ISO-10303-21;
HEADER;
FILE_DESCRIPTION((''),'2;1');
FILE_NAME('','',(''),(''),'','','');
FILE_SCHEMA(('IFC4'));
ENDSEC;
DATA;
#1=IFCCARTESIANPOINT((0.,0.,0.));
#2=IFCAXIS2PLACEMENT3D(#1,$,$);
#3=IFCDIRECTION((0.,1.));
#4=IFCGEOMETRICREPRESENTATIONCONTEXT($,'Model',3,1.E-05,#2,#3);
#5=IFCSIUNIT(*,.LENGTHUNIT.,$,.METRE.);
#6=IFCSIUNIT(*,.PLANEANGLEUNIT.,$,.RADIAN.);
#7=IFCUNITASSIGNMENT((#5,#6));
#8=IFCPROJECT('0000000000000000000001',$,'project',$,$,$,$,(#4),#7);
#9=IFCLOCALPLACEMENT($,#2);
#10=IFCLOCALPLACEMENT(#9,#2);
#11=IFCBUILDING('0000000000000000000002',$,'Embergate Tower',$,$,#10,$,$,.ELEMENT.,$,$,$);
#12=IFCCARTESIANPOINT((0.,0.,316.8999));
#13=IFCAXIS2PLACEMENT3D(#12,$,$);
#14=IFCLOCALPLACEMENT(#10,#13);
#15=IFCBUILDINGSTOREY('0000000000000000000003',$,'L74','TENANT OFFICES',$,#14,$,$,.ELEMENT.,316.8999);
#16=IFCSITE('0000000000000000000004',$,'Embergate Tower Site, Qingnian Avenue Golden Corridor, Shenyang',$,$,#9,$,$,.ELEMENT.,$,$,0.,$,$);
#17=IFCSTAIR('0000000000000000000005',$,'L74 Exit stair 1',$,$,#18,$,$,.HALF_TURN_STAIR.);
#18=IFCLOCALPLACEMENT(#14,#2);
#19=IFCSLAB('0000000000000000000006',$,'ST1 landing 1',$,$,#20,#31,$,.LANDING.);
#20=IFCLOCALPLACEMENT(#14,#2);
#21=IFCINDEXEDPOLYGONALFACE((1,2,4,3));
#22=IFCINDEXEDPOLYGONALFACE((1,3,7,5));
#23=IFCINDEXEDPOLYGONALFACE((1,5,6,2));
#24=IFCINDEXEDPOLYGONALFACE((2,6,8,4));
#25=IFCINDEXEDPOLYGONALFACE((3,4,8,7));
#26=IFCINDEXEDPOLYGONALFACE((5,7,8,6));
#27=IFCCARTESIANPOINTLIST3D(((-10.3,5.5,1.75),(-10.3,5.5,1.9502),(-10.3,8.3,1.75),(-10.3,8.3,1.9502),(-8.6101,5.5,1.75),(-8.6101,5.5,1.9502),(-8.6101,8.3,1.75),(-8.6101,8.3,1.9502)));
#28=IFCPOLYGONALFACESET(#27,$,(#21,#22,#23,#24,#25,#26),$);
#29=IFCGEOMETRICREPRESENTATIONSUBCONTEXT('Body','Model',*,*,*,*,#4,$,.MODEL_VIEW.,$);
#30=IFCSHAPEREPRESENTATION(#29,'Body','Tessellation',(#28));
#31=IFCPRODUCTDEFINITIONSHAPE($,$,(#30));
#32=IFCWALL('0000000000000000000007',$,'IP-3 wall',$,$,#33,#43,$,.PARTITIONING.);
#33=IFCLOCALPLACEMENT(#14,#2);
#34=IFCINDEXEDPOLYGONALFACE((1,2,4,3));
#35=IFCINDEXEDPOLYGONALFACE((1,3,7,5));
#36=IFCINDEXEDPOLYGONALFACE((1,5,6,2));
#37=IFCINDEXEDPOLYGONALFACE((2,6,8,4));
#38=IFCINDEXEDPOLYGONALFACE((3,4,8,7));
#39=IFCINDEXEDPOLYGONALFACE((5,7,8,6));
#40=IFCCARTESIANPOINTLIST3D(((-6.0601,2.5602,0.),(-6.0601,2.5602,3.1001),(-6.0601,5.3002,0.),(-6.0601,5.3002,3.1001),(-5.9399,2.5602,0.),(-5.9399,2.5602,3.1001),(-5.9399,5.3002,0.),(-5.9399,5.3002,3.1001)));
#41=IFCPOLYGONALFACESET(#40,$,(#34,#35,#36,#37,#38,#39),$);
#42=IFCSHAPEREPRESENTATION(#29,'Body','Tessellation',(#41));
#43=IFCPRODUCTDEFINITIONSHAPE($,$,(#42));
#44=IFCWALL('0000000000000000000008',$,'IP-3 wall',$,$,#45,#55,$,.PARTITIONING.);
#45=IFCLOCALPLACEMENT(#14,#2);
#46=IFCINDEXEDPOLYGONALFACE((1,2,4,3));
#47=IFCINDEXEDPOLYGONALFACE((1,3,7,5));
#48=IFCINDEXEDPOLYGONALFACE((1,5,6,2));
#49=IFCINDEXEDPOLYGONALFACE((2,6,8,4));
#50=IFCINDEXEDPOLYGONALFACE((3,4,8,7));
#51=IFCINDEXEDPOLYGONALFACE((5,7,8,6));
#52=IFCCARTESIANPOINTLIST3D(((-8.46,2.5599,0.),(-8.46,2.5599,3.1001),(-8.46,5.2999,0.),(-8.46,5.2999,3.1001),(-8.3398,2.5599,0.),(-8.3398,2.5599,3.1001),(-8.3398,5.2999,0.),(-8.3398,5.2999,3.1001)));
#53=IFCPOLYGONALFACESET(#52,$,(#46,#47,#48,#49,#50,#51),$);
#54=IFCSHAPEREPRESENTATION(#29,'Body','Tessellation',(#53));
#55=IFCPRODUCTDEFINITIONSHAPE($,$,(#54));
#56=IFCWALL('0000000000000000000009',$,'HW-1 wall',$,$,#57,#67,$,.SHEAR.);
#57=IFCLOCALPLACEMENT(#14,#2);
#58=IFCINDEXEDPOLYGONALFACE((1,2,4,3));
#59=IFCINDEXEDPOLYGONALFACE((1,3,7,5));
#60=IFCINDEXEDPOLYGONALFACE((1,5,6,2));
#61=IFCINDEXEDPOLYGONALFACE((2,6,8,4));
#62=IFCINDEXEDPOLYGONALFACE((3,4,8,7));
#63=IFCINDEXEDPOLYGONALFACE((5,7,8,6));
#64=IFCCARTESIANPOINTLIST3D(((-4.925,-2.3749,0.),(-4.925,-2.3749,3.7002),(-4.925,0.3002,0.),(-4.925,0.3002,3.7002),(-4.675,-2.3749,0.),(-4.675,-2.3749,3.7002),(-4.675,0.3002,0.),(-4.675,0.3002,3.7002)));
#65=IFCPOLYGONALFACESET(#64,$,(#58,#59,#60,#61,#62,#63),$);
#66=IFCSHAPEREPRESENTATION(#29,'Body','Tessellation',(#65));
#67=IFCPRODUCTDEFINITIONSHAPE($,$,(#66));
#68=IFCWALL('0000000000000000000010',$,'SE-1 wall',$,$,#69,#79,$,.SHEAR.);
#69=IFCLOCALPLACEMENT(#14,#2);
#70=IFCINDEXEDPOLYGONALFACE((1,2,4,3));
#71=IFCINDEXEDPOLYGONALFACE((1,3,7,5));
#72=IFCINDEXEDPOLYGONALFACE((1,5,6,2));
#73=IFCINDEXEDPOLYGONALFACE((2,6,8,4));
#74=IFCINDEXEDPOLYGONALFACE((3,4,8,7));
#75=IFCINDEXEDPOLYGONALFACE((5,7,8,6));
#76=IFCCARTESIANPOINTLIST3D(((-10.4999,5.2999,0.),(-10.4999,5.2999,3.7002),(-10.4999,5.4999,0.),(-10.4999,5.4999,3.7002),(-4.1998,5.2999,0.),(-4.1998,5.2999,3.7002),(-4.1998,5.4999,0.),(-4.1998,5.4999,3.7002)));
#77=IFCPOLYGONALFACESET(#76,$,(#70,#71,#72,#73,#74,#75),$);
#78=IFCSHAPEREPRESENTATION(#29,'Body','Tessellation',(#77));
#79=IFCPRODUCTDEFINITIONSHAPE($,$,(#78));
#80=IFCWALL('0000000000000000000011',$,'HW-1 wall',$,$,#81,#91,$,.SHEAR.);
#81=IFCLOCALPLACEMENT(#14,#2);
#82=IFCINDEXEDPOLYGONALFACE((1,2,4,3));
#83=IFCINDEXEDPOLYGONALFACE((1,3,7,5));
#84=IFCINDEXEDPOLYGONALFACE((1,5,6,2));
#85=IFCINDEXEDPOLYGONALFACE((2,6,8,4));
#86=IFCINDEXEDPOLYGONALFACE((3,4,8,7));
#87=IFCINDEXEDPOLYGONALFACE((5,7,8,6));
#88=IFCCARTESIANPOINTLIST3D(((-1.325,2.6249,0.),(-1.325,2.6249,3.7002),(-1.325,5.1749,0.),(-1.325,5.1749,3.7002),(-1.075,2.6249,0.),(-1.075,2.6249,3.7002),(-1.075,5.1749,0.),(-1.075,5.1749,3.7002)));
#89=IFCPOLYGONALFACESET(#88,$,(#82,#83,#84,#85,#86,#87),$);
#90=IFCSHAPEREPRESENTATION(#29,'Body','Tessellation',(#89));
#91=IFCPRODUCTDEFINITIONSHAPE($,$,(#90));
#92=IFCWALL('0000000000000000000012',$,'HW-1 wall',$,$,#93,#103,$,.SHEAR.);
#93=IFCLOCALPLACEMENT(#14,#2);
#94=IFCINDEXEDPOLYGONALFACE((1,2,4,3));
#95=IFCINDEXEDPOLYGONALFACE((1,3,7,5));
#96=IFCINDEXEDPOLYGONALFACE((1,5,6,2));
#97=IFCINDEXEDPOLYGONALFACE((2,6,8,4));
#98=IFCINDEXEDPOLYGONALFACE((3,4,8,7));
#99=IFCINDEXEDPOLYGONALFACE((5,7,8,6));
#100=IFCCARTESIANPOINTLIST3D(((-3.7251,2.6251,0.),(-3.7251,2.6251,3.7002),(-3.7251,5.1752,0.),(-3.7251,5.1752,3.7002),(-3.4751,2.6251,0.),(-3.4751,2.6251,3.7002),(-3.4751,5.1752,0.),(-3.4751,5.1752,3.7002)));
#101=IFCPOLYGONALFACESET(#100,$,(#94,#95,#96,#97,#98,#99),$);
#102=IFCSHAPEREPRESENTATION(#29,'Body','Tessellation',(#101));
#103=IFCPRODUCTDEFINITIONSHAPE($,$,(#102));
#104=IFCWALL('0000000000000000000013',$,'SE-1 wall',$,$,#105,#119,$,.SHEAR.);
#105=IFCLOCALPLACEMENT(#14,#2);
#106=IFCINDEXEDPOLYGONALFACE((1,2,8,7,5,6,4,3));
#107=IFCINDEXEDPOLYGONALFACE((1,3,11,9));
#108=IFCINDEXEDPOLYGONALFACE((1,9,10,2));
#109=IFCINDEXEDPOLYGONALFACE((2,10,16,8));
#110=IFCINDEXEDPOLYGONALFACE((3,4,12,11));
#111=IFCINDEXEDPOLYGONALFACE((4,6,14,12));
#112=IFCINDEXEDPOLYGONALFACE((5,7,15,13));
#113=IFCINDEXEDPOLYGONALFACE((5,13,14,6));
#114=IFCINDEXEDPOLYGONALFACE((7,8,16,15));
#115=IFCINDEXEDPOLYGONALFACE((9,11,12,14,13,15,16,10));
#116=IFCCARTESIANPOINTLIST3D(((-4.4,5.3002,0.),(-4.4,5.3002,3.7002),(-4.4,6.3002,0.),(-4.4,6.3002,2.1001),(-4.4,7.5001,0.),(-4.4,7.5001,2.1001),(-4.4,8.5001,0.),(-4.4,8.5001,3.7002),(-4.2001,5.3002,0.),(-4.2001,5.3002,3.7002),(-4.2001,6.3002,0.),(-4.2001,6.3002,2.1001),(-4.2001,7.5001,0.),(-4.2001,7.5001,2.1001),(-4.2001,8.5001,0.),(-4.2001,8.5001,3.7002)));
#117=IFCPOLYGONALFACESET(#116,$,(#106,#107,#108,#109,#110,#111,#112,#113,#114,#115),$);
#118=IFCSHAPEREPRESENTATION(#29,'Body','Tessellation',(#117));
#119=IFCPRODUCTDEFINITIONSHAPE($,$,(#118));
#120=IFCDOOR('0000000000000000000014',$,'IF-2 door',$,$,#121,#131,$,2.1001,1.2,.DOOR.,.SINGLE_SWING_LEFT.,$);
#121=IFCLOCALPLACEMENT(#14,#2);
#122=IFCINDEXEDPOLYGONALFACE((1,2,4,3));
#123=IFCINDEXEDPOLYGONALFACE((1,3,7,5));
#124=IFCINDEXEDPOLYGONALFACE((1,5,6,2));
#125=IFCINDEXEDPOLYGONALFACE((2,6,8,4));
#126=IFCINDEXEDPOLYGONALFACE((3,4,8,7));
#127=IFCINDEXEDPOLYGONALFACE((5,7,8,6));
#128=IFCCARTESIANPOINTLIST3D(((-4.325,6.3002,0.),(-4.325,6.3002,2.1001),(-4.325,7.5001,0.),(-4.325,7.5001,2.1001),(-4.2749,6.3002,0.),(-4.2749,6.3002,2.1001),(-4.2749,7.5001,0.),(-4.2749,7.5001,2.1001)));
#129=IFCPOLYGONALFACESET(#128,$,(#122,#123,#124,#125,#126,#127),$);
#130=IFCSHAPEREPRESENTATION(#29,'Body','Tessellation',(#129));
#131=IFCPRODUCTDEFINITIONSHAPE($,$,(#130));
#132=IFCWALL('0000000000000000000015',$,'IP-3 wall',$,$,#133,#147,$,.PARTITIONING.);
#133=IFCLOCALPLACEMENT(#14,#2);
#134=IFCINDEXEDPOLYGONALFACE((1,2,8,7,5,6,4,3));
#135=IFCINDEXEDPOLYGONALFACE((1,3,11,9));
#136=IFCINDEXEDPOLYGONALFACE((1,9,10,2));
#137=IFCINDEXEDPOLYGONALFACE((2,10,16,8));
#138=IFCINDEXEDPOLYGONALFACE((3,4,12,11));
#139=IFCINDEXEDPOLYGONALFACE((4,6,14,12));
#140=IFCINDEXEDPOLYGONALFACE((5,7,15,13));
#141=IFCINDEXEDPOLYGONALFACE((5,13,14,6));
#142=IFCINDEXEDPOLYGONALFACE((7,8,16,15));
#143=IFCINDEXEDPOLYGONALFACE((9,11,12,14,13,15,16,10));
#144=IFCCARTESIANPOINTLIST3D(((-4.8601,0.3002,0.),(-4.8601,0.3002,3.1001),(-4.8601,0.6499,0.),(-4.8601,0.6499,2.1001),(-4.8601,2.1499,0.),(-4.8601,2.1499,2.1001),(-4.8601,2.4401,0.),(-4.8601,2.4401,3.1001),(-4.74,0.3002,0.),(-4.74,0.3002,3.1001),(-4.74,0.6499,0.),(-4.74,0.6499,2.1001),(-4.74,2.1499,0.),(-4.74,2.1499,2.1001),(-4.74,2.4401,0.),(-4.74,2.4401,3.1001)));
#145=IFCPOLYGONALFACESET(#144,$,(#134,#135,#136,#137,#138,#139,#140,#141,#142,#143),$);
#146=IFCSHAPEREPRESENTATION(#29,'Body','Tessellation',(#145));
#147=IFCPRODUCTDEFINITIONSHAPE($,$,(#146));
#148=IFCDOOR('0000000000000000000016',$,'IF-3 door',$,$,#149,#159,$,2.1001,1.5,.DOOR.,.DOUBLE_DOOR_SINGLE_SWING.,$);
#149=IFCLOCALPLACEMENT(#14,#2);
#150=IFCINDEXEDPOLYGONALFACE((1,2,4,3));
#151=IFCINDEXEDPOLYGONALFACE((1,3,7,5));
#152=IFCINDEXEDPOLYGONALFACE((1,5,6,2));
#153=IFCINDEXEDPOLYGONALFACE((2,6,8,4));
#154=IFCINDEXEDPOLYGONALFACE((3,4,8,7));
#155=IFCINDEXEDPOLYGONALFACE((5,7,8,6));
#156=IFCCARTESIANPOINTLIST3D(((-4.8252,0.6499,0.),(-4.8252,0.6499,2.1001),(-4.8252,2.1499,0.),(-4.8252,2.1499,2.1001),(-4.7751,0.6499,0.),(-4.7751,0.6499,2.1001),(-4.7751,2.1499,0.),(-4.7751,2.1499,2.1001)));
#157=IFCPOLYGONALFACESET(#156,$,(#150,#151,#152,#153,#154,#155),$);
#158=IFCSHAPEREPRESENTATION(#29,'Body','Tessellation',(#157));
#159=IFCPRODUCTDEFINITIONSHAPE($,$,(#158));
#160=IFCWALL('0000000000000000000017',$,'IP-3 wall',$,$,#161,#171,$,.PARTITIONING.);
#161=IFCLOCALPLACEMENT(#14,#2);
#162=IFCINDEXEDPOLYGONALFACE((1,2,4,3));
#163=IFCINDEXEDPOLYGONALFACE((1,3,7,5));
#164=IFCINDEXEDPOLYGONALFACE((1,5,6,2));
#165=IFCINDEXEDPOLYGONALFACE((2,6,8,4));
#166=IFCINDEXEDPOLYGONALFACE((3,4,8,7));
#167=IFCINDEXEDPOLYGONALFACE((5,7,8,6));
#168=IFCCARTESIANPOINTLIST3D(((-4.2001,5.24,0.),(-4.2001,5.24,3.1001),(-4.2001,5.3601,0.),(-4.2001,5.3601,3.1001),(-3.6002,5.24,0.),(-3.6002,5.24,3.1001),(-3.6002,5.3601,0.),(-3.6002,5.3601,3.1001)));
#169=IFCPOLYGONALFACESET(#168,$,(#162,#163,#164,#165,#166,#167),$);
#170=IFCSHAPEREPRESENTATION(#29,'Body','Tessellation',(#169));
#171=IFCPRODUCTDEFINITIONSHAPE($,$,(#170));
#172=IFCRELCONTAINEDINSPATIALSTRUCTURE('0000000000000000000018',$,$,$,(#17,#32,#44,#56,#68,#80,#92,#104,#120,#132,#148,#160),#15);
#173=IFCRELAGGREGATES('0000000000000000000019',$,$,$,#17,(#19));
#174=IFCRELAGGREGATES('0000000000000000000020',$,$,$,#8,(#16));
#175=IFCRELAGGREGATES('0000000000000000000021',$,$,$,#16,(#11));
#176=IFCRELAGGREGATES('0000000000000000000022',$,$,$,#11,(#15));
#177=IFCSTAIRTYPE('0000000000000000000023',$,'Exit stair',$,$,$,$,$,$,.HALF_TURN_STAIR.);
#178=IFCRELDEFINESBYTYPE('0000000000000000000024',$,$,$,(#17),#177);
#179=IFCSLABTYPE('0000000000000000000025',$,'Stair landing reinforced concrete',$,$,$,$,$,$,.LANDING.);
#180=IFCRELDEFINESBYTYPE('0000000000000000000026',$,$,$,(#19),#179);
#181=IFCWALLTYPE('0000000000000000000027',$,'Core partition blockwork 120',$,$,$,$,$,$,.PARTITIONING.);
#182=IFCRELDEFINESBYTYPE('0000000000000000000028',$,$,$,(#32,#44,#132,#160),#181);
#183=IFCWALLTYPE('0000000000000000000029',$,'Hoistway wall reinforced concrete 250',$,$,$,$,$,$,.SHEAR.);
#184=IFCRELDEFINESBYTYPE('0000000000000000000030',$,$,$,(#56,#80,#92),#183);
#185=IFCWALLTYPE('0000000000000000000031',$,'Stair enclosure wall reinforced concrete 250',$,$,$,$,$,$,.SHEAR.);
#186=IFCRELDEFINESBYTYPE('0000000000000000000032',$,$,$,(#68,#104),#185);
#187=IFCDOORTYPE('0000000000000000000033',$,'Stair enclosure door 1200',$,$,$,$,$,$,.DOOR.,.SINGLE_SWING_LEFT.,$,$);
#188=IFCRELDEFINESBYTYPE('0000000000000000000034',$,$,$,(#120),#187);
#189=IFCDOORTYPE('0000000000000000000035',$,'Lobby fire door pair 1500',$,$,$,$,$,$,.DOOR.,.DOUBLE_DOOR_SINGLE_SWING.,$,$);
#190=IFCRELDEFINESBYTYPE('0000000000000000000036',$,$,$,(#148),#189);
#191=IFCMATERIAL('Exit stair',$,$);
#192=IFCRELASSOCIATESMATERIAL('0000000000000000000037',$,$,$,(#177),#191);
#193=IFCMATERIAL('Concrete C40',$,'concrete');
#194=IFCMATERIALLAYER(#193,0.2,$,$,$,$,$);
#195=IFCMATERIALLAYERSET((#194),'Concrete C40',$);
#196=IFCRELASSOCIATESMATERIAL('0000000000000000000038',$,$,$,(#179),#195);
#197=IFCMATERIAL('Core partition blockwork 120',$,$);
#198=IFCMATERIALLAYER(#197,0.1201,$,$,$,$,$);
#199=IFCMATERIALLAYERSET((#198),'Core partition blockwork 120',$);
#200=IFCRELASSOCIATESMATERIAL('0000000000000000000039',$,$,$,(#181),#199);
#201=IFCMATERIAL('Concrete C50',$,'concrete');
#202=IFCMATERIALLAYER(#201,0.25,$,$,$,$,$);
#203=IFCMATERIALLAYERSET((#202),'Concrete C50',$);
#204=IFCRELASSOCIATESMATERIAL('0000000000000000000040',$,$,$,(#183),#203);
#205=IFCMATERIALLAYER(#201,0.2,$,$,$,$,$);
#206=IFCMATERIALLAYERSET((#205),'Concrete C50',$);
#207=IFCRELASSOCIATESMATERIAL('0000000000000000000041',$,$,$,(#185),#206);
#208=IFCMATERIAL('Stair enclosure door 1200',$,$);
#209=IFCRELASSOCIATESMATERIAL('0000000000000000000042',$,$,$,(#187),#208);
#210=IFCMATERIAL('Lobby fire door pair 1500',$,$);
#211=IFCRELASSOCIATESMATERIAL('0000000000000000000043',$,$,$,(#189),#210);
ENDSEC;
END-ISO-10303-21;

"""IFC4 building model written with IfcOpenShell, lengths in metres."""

from ifc_helpers import new_model, si_unit, direction, frame, frame_2d, origin, place, context, subcontext, project, spatial, polyline, rectangle, outline, extrude, source, transform, mapped, material, layer, layer_set, type_object, element, fill, aggregate, save


model = new_model("IFC4")

# Units and contexts
model_context = context("Model", 3, precision=1e-05, world=origin(), true_north=direction((0.0, 1.0)))
body_context = subcontext(model_context, "Body", "Model", "MODEL_VIEW")
ifc_project = project(units=[si_unit("LENGTHUNIT", "METRE"), si_unit("PLANEANGLEUNIT", "RADIAN")], contexts=[model_context])

# Site, building, storey
site_placement = place(None, origin())
site = spatial("IfcSite", under=ifc_project, at=site_placement, Name="Embergate Tower Site, Qingnian Avenue Golden Corridor, Shenyang", CompositionType="ELEMENT", RefElevation=0.0)
building_placement = place(site_placement, origin())
building = spatial("IfcBuilding", under=site, at=building_placement, Name="Embergate Tower", CompositionType="ELEMENT")
storey_placement = place(building_placement, frame((0.0, 0.0, 316.8999)))
storey = spatial("IfcBuildingStorey", under=building, at=storey_placement, Name="L74", Description="TENANT OFFICES", CompositionType="ELEMENT", Elevation=316.8999)

# Stair, slab
ifc_material_1 = material(Name="Exit stair")
stair_type = type_object("IfcStairType", Name="Exit stair", PredefinedType="HALF_TURN_STAIR", material=ifc_material_1)
stair_placement = place(storey_placement, origin())
stair = element("IfcStair", 1, at=stair_placement, inside=storey, type_object=stair_type, Name="L74 Exit stair 1", PredefinedType="HALF_TURN_STAIR")
ifc_material_2 = material(Name="Concrete C40", Category="concrete")
ifc_layer_1 = layer(ifc_material_2, 0.2)
ifc_layer_set_1 = layer_set([ifc_layer_1], Name="Concrete C40")
slab_type = type_object("IfcSlabType", Name="Stair landing reinforced concrete", PredefinedType="LANDING", material=ifc_layer_set_1)
shared_shape_1 = source(origin(), body_context, "Body", "SweptSolid", [
    extrude(outline(polyline([(0.0, 0.0), (1.6899, 0.0), (1.6899, 2.8), (0.0, 2.8), (0.0, 0.0)])), origin(), (0.0, 0.0, 1.0), 0.2002),
])
slab_placement = place(storey_placement, frame((-10.3, 5.5, 1.75)))
slab = element("IfcSlab", 2, at=slab_placement, type_object=slab_type, Name="ST1 landing 1", PredefinedType="LANDING", context=body_context, shape_type="MappedRepresentation", body=[
    mapped(shared_shape_1, transform((0.0, 0.0, 0.0))),
])
aggregate(stair, [slab])

# Walls
ifc_material_3 = material(Name="Core partition blockwork 120")
ifc_layer_2 = layer(ifc_material_3, 0.1201)
ifc_layer_set_2 = layer_set([ifc_layer_2], Name="Core partition blockwork 120")
wall_type_1 = type_object("IfcWallType", Name="Core partition blockwork 120", PredefinedType="PARTITIONING", material=ifc_layer_set_2)
shared_shape_2 = source(origin(), body_context, "Body", "SweptSolid", [
    extrude(rectangle(XDim=2.74, YDim=0.1201, at=frame_2d((1.3701, 0.0))), origin(), (0.0, 0.0, 1.0), 3.1001),
])
for number, where, z_axis, x_axis, name in (
    (3, (-6.0, 2.5601, 0.0), (0.0, 0.0, 1.0), (0.0, 1.0, 0.0), "IP-3 wall"),
    (4, (-8.3999, 5.3, 0.0), (0.0, 0.0, 1.0), (0.0, -1.0, 0.0), "IP-3 wall"),
):
    element("IfcWall", number, at=place(storey_placement, frame(where, z_axis=z_axis, x_axis=x_axis)), inside=storey, type_object=wall_type_1, Name=name, PredefinedType="PARTITIONING", context=body_context, shape_type="MappedRepresentation", body=[
        mapped(shared_shape_2, transform((0.0, 0.0, 0.0))),
    ])
ifc_material_4 = material(Name="Concrete C50", Category="concrete")
ifc_layer_3 = layer(ifc_material_4, 0.25)
ifc_layer_set_3 = layer_set([ifc_layer_3], Name="Concrete C50")
wall_type_2 = type_object("IfcWallType", Name="Hoistway wall reinforced concrete 250", PredefinedType="SHEAR", material=ifc_layer_set_3)
shared_shape_3 = source(origin(), body_context, "Body", "SweptSolid", [
    extrude(rectangle(XDim=2.675, YDim=0.25, at=frame_2d((1.3374, 0.0))), origin(), (0.0, 0.0, 1.0), 3.7002),
])
wall_1_placement = place(storey_placement, frame((-4.8, 0.3, 0.0), z_axis=(0.0, 0.0, 1.0), x_axis=(0.0, -1.0, 0.0)))
element("IfcWall", 5, at=wall_1_placement, inside=storey, type_object=wall_type_2, Name="HW-1 wall", PredefinedType="SHEAR", context=body_context, shape_type="MappedRepresentation", body=[
    mapped(shared_shape_3, transform((0.0, 0.0, 0.0))),
])
ifc_layer_4 = layer(ifc_material_4, 0.2)
ifc_layer_set_4 = layer_set([ifc_layer_4], Name="Concrete C50")
wall_type_3 = type_object("IfcWallType", Name="Stair enclosure wall reinforced concrete 250", PredefinedType="SHEAR", material=ifc_layer_set_4)
shared_shape_4 = source(origin(), body_context, "Body", "SweptSolid", [
    extrude(rectangle(XDim=6.3, YDim=0.2, at=frame_2d((3.1499, 0.0))), origin(), (0.0, 0.0, 1.0), 3.7002),
])
wall_2_placement = place(storey_placement, frame((-4.2, 5.3999, 0.0), z_axis=(0.0, 0.0, 1.0), x_axis=(-1.0, 0.0, 0.0)))
element("IfcWall", 6, at=wall_2_placement, inside=storey, type_object=wall_type_3, Name="SE-1 wall", PredefinedType="SHEAR", context=body_context, shape_type="MappedRepresentation", body=[
    mapped(shared_shape_4, transform((0.0, 0.0, 0.0))),
])
shared_shape_5 = source(origin(), body_context, "Body", "SweptSolid", [
    extrude(rectangle(XDim=2.55, YDim=0.25, at=frame_2d((1.2749, 0.0))), origin(), (0.0, 0.0, 1.0), 3.7002),
])
for number, where, z_axis, x_axis, name in (
    (7, (-1.2, 2.625, 0.0), (0.0, 0.0, 1.0), (0.0, 1.0, 0.0), "HW-1 wall"),
    (8, (-3.6001, 5.175, 0.0), (0.0, 0.0, 1.0), (0.0, -1.0, 0.0), "HW-1 wall"),
):
    element("IfcWall", number, at=place(storey_placement, frame(where, z_axis=z_axis, x_axis=x_axis)), inside=storey, type_object=wall_type_2, Name=name, PredefinedType="SHEAR", context=body_context, shape_type="MappedRepresentation", body=[
        mapped(shared_shape_5, transform((0.0, 0.0, 0.0))),
    ])

# Walls, openings, doors
shared_shape_6 = source(origin(), body_context, "Body", "SweptSolid", [
    extrude(rectangle(XDim=3.2, YDim=0.2, at=frame_2d((1.6001, 0.0))), origin(), (0.0, 0.0, 1.0), 3.7002),
])
wall_3_placement = place(storey_placement, frame((-4.3, 5.3, 0.0), z_axis=(0.0, 0.0, 1.0), x_axis=(0.0, 1.0, 0.0)))
wall_3 = element("IfcWall", 9, at=wall_3_placement, inside=storey, type_object=wall_type_3, Name="SE-1 wall", PredefinedType="SHEAR", context=body_context, shape_type="MappedRepresentation", body=[
    mapped(shared_shape_6, transform((0.0, 0.0, 0.0))),
])
shared_shape_7 = source(origin(), body_context, "Body", "SweptSolid", [
    extrude(rectangle(XDim=1.2, YDim=2.1001, at=frame_2d((0.6001, 1.05))), frame((0.0, 0.1099, 0.0), z_axis=(0.0, -1.0, 0.0), x_axis=(1.0, 0.0, 0.0)), (0.0, 0.0, 1.0), 0.22),
])
opening_1_placement = place(wall_3_placement, frame((1.0, 0.0, 0.0)))
opening_1 = element("IfcOpeningElement", 10, at=opening_1_placement, cuts=wall_3, PredefinedType="OPENING", context=body_context, shape_type="MappedRepresentation", body=[
    mapped(shared_shape_7, transform((0.0, 0.0, 0.0))),
])
ifc_material_5 = material(Name="Stair enclosure door 1200")
door_type_1 = type_object("IfcDoorType", Name="Stair enclosure door 1200", OperationType="SINGLE_SWING_LEFT", PredefinedType="DOOR", material=ifc_material_5)
shared_shape_8 = source(origin(), body_context, "Body", "SweptSolid", [
    extrude(rectangle(XDim=1.2, YDim=2.1001, at=frame_2d((0.6001, 1.05))), frame((0.0, 0.0249, 0.0), z_axis=(0.0, -1.0, 0.0), x_axis=(1.0, 0.0, 0.0)), (0.0, 0.0, 1.0), 0.05),
])
door_1_placement = place(opening_1_placement, origin())
door_1 = element("IfcDoor", 11, at=door_1_placement, inside=storey, type_object=door_type_1, Name="IF-2 door", OperationType="SINGLE_SWING_LEFT", OverallHeight=2.1001, OverallWidth=1.2, PredefinedType="DOOR", context=body_context, shape_type="MappedRepresentation", body=[
    mapped(shared_shape_8, transform((0.0, 0.0, 0.0))),
])
fill(opening_1, door_1)
shared_shape_9 = source(origin(), body_context, "Body", "SweptSolid", [
    extrude(rectangle(XDim=2.1399, YDim=0.1201, at=frame_2d((1.0698, 0.0))), origin(), (0.0, 0.0, 1.0), 3.1001),
])
wall_4_placement = place(storey_placement, frame((-4.8, 2.4399, 0.0), z_axis=(0.0, 0.0, 1.0), x_axis=(0.0, -1.0, 0.0)))
wall_4 = element("IfcWall", 12, at=wall_4_placement, inside=storey, type_object=wall_type_1, Name="IP-3 wall", PredefinedType="PARTITIONING", context=body_context, shape_type="MappedRepresentation", body=[
    mapped(shared_shape_9, transform((0.0, 0.0, 0.0))),
])
shared_shape_10 = source(origin(), body_context, "Body", "SweptSolid", [
    extrude(rectangle(XDim=1.5, YDim=2.1001, at=frame_2d((0.75, 1.05))), frame((0.0, 0.0701, 0.0), z_axis=(0.0, -1.0, 0.0), x_axis=(1.0, 0.0, 0.0)), (0.0, 0.0, 1.0), 0.1401),
])
opening_2_placement = place(wall_4_placement, frame((0.29, 0.0, 0.0)))
opening_2 = element("IfcOpeningElement", 13, at=opening_2_placement, cuts=wall_4, PredefinedType="OPENING", context=body_context, shape_type="MappedRepresentation", body=[
    mapped(shared_shape_10, transform((0.0, 0.0, 0.0))),
])
ifc_material_6 = material(Name="Lobby fire door pair 1500")
door_type_2 = type_object("IfcDoorType", Name="Lobby fire door pair 1500", OperationType="DOUBLE_DOOR_SINGLE_SWING", PredefinedType="DOOR", material=ifc_material_6)
shared_shape_11 = source(origin(), body_context, "Body", "SweptSolid", [
    extrude(rectangle(XDim=1.5, YDim=2.1001, at=frame_2d((0.75, 1.05))), frame((0.0, 0.0249, 0.0), z_axis=(0.0, -1.0, 0.0), x_axis=(1.0, 0.0, 0.0)), (0.0, 0.0, 1.0), 0.05),
])
door_2_placement = place(opening_2_placement, origin())
door_2 = element("IfcDoor", 14, at=door_2_placement, inside=storey, type_object=door_type_2, Name="IF-3 door", OperationType="DOUBLE_DOOR_SINGLE_SWING", OverallHeight=2.1001, OverallWidth=1.5, PredefinedType="DOOR", context=body_context, shape_type="MappedRepresentation", body=[
    mapped(shared_shape_11, transform((0.0, 0.0, 0.0))),
])
fill(opening_2, door_2)

# Wall
shared_shape_12 = source(origin(), body_context, "Body", "SweptSolid", [
    extrude(rectangle(XDim=0.5999, YDim=0.1201, at=frame_2d((0.2998, 0.0))), origin(), (0.0, 0.0, 1.0), 3.1001),
])
wall_5_placement = place(storey_placement, frame((-4.2, 5.3, 0.0), z_axis=(0.0, 0.0, 1.0), x_axis=(1.0, 0.0, 0.0)))
element("IfcWall", 15, at=wall_5_placement, inside=storey, type_object=wall_type_1, Name="IP-3 wall", PredefinedType="PARTITIONING", context=body_context, shape_type="MappedRepresentation", body=[
    mapped(shared_shape_12, transform((0.0, 0.0, 0.0))),
])

save(model, "model.ifc")
